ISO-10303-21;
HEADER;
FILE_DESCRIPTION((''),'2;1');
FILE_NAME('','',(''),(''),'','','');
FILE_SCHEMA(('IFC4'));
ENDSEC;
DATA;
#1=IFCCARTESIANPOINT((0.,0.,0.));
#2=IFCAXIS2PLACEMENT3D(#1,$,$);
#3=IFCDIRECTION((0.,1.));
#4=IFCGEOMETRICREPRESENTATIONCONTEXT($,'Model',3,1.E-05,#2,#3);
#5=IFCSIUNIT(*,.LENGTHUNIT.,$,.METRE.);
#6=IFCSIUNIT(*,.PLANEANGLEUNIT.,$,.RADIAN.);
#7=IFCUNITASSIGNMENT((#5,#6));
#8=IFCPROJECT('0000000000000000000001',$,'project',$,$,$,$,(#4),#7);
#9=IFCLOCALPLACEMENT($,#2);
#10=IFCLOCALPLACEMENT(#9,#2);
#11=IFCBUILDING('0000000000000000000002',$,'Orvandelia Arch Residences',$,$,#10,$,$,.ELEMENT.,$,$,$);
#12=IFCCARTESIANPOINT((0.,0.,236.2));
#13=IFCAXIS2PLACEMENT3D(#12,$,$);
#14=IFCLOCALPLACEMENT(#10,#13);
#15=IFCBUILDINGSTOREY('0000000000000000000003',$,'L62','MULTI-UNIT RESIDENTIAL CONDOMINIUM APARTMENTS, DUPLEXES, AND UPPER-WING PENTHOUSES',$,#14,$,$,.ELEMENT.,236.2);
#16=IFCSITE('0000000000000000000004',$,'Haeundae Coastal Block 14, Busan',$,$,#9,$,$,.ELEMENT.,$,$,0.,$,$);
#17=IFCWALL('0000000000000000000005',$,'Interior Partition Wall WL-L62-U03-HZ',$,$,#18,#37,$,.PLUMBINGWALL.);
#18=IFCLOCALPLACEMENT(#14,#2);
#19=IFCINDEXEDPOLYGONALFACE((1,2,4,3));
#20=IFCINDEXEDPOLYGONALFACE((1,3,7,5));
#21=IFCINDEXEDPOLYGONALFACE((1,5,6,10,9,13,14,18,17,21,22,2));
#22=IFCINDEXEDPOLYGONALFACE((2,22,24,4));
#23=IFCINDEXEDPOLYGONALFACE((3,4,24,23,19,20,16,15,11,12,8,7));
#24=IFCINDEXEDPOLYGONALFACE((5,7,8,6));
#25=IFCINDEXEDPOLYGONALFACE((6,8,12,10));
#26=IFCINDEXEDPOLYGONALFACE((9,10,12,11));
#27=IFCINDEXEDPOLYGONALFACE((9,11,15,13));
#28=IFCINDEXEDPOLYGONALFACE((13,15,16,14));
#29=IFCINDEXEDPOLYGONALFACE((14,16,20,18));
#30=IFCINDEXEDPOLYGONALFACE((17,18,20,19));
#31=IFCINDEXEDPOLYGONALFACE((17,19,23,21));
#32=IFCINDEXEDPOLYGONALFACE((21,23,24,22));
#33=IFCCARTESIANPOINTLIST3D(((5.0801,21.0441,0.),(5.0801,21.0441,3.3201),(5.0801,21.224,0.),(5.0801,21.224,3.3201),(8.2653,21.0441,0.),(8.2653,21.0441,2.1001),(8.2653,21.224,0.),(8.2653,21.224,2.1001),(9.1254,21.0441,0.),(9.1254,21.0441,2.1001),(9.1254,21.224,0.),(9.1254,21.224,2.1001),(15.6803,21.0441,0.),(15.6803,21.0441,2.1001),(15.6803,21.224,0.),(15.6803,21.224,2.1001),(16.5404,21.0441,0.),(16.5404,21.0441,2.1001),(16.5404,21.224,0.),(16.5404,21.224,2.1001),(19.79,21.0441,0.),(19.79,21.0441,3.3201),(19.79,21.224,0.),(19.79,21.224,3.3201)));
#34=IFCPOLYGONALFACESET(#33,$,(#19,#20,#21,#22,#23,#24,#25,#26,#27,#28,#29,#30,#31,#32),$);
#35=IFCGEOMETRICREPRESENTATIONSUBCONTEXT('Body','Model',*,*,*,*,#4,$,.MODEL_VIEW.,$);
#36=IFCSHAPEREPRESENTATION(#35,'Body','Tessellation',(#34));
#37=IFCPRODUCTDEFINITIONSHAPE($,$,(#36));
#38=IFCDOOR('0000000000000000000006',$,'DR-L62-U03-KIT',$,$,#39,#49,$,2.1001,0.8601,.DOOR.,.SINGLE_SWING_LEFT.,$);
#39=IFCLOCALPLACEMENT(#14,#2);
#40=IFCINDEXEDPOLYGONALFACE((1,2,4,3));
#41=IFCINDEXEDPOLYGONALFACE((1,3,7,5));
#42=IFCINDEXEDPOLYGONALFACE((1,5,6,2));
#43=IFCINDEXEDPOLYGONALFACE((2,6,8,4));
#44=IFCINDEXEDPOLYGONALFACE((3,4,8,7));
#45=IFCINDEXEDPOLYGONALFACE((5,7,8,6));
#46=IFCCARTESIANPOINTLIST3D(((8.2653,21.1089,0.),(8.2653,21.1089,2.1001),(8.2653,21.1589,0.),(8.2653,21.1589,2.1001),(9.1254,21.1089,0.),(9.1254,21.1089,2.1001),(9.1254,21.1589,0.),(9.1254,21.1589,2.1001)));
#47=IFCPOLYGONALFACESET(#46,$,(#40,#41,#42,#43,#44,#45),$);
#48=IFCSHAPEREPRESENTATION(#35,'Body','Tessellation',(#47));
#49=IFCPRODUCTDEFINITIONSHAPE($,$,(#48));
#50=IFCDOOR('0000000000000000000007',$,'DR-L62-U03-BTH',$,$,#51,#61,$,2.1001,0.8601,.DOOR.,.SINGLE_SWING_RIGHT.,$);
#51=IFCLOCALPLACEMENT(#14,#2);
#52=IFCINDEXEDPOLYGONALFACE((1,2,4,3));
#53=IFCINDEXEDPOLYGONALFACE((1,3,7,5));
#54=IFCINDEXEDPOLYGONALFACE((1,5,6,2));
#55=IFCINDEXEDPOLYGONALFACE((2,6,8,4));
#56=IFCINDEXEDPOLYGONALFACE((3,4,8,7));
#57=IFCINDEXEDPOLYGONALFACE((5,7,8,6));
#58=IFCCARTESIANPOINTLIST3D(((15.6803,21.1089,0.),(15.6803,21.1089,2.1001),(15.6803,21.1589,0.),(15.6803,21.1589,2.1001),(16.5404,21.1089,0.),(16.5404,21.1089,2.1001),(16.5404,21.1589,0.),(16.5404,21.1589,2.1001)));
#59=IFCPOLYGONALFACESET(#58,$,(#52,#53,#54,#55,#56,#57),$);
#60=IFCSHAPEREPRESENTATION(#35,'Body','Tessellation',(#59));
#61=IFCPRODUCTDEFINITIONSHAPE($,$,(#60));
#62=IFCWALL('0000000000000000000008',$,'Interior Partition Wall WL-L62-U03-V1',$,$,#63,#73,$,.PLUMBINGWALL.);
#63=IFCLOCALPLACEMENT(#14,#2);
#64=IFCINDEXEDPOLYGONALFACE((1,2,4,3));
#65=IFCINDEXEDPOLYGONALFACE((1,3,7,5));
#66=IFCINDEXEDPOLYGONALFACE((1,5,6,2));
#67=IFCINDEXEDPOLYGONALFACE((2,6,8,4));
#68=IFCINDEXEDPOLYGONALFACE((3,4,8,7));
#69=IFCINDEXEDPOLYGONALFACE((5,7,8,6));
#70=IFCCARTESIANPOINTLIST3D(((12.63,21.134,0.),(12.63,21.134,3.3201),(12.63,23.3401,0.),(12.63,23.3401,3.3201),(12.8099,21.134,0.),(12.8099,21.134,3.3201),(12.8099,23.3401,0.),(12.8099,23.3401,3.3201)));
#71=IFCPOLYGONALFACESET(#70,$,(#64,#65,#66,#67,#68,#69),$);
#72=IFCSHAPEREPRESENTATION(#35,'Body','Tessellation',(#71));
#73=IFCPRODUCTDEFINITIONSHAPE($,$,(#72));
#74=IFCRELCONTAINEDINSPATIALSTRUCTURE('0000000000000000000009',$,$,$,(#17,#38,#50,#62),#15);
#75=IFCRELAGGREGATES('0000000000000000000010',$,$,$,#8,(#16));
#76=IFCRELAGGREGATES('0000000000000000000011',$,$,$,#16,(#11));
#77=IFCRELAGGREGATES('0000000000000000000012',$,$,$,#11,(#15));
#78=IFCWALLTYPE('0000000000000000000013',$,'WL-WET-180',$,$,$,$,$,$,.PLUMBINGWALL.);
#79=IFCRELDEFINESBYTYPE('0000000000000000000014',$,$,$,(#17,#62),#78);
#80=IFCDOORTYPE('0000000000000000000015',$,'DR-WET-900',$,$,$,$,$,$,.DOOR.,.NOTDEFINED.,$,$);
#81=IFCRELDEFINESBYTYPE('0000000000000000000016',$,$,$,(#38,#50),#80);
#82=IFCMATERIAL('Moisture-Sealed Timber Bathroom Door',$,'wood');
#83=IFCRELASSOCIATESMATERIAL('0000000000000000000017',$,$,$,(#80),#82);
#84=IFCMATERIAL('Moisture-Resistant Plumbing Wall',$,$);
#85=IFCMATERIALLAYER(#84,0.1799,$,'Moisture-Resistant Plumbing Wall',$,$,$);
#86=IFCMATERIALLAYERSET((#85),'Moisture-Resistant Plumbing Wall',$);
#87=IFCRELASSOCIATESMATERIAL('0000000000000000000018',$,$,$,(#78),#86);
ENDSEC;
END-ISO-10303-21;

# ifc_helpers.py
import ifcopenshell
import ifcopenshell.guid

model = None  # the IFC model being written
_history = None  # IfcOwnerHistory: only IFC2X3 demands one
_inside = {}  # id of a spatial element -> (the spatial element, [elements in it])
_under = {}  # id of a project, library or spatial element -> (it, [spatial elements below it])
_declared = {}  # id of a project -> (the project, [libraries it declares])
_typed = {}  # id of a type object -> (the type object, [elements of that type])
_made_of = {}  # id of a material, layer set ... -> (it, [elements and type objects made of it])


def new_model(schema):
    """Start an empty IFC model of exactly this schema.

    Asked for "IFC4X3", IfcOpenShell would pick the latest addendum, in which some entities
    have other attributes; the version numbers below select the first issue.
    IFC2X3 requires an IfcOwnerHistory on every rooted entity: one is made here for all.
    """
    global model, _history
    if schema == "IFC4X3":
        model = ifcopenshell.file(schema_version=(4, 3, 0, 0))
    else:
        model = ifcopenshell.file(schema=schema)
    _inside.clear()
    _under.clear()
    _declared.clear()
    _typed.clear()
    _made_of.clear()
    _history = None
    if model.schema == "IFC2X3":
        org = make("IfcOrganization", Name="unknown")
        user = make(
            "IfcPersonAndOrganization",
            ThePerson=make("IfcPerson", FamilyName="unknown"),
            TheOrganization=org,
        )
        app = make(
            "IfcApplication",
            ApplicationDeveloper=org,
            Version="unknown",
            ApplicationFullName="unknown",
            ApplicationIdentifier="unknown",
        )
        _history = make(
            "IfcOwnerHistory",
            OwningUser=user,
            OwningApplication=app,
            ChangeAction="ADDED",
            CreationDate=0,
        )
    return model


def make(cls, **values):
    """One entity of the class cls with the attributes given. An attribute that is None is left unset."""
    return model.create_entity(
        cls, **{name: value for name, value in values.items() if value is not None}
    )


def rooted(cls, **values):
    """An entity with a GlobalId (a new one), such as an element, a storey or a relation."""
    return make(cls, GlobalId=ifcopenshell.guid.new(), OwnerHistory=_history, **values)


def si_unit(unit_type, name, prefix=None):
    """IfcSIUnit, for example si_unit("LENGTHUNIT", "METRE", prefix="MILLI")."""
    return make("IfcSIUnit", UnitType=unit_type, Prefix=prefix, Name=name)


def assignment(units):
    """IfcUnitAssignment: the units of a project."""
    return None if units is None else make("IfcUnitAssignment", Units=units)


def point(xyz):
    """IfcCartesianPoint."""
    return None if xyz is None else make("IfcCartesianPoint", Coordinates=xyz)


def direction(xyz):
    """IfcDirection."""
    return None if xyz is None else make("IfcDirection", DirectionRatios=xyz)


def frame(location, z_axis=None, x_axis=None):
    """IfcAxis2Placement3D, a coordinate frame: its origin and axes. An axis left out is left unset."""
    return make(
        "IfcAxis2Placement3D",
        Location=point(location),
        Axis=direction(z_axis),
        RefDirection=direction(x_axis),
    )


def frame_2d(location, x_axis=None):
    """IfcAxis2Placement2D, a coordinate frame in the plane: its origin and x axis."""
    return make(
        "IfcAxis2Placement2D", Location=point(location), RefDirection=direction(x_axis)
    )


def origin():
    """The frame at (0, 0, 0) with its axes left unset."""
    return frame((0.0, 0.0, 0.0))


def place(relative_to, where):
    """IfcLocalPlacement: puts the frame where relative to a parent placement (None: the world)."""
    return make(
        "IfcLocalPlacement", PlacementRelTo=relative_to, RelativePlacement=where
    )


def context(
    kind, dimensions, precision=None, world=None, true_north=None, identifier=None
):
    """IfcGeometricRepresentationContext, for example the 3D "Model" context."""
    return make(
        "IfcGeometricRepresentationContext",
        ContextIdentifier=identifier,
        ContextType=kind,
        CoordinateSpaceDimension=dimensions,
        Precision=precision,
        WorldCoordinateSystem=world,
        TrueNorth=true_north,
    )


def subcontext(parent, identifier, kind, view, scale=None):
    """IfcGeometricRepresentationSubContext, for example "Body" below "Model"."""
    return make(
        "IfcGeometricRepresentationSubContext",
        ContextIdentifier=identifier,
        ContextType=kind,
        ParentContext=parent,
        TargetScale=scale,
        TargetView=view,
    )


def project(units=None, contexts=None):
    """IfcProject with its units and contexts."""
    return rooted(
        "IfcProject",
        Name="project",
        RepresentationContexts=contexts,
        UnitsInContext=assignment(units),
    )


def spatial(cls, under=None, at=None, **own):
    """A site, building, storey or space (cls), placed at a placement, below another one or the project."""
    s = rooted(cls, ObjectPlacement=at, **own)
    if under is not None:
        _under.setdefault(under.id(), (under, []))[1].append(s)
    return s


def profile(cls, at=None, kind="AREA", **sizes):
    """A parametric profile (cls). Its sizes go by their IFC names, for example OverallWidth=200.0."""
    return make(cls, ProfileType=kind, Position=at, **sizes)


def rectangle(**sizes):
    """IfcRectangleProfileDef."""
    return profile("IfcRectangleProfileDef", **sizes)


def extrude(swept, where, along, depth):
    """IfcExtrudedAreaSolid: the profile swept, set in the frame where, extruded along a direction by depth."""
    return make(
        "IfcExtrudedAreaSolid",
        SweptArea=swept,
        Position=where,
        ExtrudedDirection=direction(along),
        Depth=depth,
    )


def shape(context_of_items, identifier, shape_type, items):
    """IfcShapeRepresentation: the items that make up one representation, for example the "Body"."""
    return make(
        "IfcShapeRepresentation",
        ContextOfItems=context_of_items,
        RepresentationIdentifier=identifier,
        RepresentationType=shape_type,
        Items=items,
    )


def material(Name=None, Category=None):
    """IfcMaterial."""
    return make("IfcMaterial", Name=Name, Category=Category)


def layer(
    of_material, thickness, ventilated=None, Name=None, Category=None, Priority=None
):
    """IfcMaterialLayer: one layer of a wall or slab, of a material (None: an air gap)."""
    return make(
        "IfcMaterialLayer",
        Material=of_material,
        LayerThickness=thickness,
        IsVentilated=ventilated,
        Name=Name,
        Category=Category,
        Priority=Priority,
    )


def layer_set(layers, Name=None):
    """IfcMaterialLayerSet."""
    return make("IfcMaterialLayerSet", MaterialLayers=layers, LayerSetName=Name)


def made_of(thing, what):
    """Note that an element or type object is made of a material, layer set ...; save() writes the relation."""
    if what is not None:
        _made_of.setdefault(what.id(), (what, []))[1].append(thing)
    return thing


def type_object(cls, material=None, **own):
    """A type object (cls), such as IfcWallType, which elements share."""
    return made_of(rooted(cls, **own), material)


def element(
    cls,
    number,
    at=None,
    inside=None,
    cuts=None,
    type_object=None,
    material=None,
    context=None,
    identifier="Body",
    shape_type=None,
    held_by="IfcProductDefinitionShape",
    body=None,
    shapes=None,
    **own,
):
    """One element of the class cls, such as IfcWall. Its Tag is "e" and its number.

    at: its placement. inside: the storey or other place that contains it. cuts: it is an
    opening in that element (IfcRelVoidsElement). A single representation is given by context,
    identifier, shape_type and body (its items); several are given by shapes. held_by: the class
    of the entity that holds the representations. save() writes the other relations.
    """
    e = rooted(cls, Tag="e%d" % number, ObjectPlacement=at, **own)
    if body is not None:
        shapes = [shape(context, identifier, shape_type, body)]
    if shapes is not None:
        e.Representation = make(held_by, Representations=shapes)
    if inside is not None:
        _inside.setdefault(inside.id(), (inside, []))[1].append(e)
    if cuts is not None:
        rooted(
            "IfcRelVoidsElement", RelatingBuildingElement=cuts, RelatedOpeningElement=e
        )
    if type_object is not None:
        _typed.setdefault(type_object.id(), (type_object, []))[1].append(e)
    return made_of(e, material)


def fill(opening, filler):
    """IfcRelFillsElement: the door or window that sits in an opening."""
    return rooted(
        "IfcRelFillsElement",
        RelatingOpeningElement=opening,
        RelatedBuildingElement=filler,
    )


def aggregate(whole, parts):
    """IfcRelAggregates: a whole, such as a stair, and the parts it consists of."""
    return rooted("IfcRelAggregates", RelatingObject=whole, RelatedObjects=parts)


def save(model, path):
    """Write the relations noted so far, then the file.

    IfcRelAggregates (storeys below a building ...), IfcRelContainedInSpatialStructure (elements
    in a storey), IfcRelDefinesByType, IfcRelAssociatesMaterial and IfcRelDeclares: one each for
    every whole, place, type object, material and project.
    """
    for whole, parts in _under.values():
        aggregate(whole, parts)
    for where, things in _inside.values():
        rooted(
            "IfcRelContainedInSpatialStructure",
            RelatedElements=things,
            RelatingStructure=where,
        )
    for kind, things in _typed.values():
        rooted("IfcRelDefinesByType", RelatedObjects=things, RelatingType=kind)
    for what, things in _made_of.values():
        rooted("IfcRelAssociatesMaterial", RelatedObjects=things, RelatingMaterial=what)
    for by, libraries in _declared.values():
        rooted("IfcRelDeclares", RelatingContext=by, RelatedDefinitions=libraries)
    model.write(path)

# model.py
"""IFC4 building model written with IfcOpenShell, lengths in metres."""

from ifc_helpers import new_model, si_unit, direction, frame, frame_2d, origin, place, context, subcontext, project, spatial, rectangle, extrude, material, layer, layer_set, type_object, element, fill, save


model = new_model("IFC4")

# Units and contexts
model_context = context("Model", 3, precision=1e-05, world=origin(), true_north=direction((0.0, 1.0)))
body_context = subcontext(model_context, "Body", "Model", "MODEL_VIEW")
ifc_project = project(units=[si_unit("LENGTHUNIT", "METRE"), si_unit("PLANEANGLEUNIT", "RADIAN")], contexts=[model_context])

# Site, building, storey
site_placement = place(None, origin())
site = spatial("IfcSite", under=ifc_project, at=site_placement, Name="Haeundae Coastal Block 14, Busan", CompositionType="ELEMENT", RefElevation=0.0)
building_placement = place(site_placement, origin())
building = spatial("IfcBuilding", under=site, at=building_placement, Name="Orvandelia Arch Residences", CompositionType="ELEMENT")
storey_placement = place(building_placement, frame((0.0, 0.0, 236.2)))
storey = spatial("IfcBuildingStorey", under=building, at=storey_placement, Name="L62", Description="MULTI-UNIT RESIDENTIAL CONDOMINIUM APARTMENTS, DUPLEXES, AND UPPER-WING PENTHOUSES", CompositionType="ELEMENT", Elevation=236.2)

# Shared definitions
ifc_material_1 = material(Name="Moisture-Sealed Timber Bathroom Door", Category="wood")
door_type = type_object("IfcDoorType", Name="DR-WET-900", OperationType="NOTDEFINED", PredefinedType="DOOR", material=ifc_material_1)

# Wall, openings, doors
ifc_material_2 = material(Name="Moisture-Resistant Plumbing Wall")
ifc_layer_1 = layer(ifc_material_2, 0.1799, Name="Moisture-Resistant Plumbing Wall")
ifc_layer_set_1 = layer_set([ifc_layer_1], Name="Moisture-Resistant Plumbing Wall")
wall_type_1 = type_object("IfcWallType", Name="WL-WET-180", PredefinedType="PLUMBINGWALL", material=ifc_layer_set_1)
wall_1_placement = place(storey_placement, frame((5.0801, 21.134, 0.0), z_axis=(0.0, 0.0, 1.0), x_axis=(1.0, 0.0, 0.0)))
wall_1 = element("IfcWall", 1, at=wall_1_placement, inside=storey, type_object=wall_type_1, Name="Interior Partition Wall WL-L62-U03-HZ", PredefinedType="PLUMBINGWALL", context=body_context, shape_type="SweptSolid", body=[
    extrude(rectangle(XDim=14.71, YDim=0.1799, at=frame_2d((7.355, 0.0))), origin(), (0.0, 0.0, 1.0), 3.3201),
])
opening_1_placement = place(wall_1_placement, frame((3.1851, 0.0, 0.0)))
opening_1 = element("IfcOpeningElement", 2, at=opening_1_placement, cuts=wall_1, PredefinedType="OPENING", context=body_context, shape_type="SweptSolid", body=[
    extrude(rectangle(XDim=0.8601, YDim=2.1001, at=frame_2d((0.4302, 1.05))), frame((0.0, 0.1001, 0.0), z_axis=(0.0, -1.0, 0.0), x_axis=(1.0, 0.0, 0.0)), (0.0, 0.0, 1.0), 0.2),
])
opening_2_placement = place(wall_1_placement, frame((10.6001, 0.0, 0.0)))
opening_2 = element("IfcOpeningElement", 3, at=opening_2_placement, cuts=wall_1, PredefinedType="OPENING", context=body_context, shape_type="SweptSolid", body=[
    extrude(rectangle(XDim=0.8601, YDim=2.1001, at=frame_2d((0.4302, 1.05))), frame((0.0, 0.1001, 0.0), z_axis=(0.0, -1.0, 0.0), x_axis=(1.0, 0.0, 0.0)), (0.0, 0.0, 1.0), 0.2),
])
door_1_placement = place(opening_1_placement, origin())
door_1 = element("IfcDoor", 4, at=door_1_placement, inside=storey, type_object=door_type, Name="DR-L62-U03-KIT", OperationType="SINGLE_SWING_LEFT", OverallHeight=2.1001, OverallWidth=0.8601, PredefinedType="DOOR", context=body_context, shape_type="SweptSolid", body=[
    extrude(rectangle(XDim=0.8601, YDim=2.1001, at=frame_2d((0.4302, 1.05))), frame((0.0, 0.0249, 0.0), z_axis=(0.0, -1.0, 0.0), x_axis=(1.0, 0.0, 0.0)), (0.0, 0.0, 1.0), 0.05),
])
fill(opening_1, door_1)
door_2_placement = place(opening_2_placement, origin())
door_2 = element("IfcDoor", 5, at=door_2_placement, inside=storey, type_object=door_type, Name="DR-L62-U03-BTH", OperationType="SINGLE_SWING_RIGHT", OverallHeight=2.1001, OverallWidth=0.8601, PredefinedType="DOOR", context=body_context, shape_type="SweptSolid", body=[
    extrude(rectangle(XDim=0.8601, YDim=2.1001, at=frame_2d((0.4302, 1.05))), frame((0.0, 0.0249, 0.0), z_axis=(0.0, -1.0, 0.0), x_axis=(1.0, 0.0, 0.0)), (0.0, 0.0, 1.0), 0.05),
])
fill(opening_2, door_2)

# Wall
wall_2_placement = place(storey_placement, frame((12.72, 21.134, 0.0), z_axis=(0.0, 0.0, 1.0), x_axis=(0.0, 1.0, 0.0)))
element("IfcWall", 6, at=wall_2_placement, inside=storey, type_object=wall_type_1, Name="Interior Partition Wall WL-L62-U03-V1", PredefinedType="PLUMBINGWALL", context=body_context, shape_type="SweptSolid", body=[
    extrude(rectangle(XDim=2.2061, YDim=0.1799, at=frame_2d((1.103, 0.0))), origin(), (0.0, 0.0, 1.0), 3.3201),
])

save(model, "model.ifc")
